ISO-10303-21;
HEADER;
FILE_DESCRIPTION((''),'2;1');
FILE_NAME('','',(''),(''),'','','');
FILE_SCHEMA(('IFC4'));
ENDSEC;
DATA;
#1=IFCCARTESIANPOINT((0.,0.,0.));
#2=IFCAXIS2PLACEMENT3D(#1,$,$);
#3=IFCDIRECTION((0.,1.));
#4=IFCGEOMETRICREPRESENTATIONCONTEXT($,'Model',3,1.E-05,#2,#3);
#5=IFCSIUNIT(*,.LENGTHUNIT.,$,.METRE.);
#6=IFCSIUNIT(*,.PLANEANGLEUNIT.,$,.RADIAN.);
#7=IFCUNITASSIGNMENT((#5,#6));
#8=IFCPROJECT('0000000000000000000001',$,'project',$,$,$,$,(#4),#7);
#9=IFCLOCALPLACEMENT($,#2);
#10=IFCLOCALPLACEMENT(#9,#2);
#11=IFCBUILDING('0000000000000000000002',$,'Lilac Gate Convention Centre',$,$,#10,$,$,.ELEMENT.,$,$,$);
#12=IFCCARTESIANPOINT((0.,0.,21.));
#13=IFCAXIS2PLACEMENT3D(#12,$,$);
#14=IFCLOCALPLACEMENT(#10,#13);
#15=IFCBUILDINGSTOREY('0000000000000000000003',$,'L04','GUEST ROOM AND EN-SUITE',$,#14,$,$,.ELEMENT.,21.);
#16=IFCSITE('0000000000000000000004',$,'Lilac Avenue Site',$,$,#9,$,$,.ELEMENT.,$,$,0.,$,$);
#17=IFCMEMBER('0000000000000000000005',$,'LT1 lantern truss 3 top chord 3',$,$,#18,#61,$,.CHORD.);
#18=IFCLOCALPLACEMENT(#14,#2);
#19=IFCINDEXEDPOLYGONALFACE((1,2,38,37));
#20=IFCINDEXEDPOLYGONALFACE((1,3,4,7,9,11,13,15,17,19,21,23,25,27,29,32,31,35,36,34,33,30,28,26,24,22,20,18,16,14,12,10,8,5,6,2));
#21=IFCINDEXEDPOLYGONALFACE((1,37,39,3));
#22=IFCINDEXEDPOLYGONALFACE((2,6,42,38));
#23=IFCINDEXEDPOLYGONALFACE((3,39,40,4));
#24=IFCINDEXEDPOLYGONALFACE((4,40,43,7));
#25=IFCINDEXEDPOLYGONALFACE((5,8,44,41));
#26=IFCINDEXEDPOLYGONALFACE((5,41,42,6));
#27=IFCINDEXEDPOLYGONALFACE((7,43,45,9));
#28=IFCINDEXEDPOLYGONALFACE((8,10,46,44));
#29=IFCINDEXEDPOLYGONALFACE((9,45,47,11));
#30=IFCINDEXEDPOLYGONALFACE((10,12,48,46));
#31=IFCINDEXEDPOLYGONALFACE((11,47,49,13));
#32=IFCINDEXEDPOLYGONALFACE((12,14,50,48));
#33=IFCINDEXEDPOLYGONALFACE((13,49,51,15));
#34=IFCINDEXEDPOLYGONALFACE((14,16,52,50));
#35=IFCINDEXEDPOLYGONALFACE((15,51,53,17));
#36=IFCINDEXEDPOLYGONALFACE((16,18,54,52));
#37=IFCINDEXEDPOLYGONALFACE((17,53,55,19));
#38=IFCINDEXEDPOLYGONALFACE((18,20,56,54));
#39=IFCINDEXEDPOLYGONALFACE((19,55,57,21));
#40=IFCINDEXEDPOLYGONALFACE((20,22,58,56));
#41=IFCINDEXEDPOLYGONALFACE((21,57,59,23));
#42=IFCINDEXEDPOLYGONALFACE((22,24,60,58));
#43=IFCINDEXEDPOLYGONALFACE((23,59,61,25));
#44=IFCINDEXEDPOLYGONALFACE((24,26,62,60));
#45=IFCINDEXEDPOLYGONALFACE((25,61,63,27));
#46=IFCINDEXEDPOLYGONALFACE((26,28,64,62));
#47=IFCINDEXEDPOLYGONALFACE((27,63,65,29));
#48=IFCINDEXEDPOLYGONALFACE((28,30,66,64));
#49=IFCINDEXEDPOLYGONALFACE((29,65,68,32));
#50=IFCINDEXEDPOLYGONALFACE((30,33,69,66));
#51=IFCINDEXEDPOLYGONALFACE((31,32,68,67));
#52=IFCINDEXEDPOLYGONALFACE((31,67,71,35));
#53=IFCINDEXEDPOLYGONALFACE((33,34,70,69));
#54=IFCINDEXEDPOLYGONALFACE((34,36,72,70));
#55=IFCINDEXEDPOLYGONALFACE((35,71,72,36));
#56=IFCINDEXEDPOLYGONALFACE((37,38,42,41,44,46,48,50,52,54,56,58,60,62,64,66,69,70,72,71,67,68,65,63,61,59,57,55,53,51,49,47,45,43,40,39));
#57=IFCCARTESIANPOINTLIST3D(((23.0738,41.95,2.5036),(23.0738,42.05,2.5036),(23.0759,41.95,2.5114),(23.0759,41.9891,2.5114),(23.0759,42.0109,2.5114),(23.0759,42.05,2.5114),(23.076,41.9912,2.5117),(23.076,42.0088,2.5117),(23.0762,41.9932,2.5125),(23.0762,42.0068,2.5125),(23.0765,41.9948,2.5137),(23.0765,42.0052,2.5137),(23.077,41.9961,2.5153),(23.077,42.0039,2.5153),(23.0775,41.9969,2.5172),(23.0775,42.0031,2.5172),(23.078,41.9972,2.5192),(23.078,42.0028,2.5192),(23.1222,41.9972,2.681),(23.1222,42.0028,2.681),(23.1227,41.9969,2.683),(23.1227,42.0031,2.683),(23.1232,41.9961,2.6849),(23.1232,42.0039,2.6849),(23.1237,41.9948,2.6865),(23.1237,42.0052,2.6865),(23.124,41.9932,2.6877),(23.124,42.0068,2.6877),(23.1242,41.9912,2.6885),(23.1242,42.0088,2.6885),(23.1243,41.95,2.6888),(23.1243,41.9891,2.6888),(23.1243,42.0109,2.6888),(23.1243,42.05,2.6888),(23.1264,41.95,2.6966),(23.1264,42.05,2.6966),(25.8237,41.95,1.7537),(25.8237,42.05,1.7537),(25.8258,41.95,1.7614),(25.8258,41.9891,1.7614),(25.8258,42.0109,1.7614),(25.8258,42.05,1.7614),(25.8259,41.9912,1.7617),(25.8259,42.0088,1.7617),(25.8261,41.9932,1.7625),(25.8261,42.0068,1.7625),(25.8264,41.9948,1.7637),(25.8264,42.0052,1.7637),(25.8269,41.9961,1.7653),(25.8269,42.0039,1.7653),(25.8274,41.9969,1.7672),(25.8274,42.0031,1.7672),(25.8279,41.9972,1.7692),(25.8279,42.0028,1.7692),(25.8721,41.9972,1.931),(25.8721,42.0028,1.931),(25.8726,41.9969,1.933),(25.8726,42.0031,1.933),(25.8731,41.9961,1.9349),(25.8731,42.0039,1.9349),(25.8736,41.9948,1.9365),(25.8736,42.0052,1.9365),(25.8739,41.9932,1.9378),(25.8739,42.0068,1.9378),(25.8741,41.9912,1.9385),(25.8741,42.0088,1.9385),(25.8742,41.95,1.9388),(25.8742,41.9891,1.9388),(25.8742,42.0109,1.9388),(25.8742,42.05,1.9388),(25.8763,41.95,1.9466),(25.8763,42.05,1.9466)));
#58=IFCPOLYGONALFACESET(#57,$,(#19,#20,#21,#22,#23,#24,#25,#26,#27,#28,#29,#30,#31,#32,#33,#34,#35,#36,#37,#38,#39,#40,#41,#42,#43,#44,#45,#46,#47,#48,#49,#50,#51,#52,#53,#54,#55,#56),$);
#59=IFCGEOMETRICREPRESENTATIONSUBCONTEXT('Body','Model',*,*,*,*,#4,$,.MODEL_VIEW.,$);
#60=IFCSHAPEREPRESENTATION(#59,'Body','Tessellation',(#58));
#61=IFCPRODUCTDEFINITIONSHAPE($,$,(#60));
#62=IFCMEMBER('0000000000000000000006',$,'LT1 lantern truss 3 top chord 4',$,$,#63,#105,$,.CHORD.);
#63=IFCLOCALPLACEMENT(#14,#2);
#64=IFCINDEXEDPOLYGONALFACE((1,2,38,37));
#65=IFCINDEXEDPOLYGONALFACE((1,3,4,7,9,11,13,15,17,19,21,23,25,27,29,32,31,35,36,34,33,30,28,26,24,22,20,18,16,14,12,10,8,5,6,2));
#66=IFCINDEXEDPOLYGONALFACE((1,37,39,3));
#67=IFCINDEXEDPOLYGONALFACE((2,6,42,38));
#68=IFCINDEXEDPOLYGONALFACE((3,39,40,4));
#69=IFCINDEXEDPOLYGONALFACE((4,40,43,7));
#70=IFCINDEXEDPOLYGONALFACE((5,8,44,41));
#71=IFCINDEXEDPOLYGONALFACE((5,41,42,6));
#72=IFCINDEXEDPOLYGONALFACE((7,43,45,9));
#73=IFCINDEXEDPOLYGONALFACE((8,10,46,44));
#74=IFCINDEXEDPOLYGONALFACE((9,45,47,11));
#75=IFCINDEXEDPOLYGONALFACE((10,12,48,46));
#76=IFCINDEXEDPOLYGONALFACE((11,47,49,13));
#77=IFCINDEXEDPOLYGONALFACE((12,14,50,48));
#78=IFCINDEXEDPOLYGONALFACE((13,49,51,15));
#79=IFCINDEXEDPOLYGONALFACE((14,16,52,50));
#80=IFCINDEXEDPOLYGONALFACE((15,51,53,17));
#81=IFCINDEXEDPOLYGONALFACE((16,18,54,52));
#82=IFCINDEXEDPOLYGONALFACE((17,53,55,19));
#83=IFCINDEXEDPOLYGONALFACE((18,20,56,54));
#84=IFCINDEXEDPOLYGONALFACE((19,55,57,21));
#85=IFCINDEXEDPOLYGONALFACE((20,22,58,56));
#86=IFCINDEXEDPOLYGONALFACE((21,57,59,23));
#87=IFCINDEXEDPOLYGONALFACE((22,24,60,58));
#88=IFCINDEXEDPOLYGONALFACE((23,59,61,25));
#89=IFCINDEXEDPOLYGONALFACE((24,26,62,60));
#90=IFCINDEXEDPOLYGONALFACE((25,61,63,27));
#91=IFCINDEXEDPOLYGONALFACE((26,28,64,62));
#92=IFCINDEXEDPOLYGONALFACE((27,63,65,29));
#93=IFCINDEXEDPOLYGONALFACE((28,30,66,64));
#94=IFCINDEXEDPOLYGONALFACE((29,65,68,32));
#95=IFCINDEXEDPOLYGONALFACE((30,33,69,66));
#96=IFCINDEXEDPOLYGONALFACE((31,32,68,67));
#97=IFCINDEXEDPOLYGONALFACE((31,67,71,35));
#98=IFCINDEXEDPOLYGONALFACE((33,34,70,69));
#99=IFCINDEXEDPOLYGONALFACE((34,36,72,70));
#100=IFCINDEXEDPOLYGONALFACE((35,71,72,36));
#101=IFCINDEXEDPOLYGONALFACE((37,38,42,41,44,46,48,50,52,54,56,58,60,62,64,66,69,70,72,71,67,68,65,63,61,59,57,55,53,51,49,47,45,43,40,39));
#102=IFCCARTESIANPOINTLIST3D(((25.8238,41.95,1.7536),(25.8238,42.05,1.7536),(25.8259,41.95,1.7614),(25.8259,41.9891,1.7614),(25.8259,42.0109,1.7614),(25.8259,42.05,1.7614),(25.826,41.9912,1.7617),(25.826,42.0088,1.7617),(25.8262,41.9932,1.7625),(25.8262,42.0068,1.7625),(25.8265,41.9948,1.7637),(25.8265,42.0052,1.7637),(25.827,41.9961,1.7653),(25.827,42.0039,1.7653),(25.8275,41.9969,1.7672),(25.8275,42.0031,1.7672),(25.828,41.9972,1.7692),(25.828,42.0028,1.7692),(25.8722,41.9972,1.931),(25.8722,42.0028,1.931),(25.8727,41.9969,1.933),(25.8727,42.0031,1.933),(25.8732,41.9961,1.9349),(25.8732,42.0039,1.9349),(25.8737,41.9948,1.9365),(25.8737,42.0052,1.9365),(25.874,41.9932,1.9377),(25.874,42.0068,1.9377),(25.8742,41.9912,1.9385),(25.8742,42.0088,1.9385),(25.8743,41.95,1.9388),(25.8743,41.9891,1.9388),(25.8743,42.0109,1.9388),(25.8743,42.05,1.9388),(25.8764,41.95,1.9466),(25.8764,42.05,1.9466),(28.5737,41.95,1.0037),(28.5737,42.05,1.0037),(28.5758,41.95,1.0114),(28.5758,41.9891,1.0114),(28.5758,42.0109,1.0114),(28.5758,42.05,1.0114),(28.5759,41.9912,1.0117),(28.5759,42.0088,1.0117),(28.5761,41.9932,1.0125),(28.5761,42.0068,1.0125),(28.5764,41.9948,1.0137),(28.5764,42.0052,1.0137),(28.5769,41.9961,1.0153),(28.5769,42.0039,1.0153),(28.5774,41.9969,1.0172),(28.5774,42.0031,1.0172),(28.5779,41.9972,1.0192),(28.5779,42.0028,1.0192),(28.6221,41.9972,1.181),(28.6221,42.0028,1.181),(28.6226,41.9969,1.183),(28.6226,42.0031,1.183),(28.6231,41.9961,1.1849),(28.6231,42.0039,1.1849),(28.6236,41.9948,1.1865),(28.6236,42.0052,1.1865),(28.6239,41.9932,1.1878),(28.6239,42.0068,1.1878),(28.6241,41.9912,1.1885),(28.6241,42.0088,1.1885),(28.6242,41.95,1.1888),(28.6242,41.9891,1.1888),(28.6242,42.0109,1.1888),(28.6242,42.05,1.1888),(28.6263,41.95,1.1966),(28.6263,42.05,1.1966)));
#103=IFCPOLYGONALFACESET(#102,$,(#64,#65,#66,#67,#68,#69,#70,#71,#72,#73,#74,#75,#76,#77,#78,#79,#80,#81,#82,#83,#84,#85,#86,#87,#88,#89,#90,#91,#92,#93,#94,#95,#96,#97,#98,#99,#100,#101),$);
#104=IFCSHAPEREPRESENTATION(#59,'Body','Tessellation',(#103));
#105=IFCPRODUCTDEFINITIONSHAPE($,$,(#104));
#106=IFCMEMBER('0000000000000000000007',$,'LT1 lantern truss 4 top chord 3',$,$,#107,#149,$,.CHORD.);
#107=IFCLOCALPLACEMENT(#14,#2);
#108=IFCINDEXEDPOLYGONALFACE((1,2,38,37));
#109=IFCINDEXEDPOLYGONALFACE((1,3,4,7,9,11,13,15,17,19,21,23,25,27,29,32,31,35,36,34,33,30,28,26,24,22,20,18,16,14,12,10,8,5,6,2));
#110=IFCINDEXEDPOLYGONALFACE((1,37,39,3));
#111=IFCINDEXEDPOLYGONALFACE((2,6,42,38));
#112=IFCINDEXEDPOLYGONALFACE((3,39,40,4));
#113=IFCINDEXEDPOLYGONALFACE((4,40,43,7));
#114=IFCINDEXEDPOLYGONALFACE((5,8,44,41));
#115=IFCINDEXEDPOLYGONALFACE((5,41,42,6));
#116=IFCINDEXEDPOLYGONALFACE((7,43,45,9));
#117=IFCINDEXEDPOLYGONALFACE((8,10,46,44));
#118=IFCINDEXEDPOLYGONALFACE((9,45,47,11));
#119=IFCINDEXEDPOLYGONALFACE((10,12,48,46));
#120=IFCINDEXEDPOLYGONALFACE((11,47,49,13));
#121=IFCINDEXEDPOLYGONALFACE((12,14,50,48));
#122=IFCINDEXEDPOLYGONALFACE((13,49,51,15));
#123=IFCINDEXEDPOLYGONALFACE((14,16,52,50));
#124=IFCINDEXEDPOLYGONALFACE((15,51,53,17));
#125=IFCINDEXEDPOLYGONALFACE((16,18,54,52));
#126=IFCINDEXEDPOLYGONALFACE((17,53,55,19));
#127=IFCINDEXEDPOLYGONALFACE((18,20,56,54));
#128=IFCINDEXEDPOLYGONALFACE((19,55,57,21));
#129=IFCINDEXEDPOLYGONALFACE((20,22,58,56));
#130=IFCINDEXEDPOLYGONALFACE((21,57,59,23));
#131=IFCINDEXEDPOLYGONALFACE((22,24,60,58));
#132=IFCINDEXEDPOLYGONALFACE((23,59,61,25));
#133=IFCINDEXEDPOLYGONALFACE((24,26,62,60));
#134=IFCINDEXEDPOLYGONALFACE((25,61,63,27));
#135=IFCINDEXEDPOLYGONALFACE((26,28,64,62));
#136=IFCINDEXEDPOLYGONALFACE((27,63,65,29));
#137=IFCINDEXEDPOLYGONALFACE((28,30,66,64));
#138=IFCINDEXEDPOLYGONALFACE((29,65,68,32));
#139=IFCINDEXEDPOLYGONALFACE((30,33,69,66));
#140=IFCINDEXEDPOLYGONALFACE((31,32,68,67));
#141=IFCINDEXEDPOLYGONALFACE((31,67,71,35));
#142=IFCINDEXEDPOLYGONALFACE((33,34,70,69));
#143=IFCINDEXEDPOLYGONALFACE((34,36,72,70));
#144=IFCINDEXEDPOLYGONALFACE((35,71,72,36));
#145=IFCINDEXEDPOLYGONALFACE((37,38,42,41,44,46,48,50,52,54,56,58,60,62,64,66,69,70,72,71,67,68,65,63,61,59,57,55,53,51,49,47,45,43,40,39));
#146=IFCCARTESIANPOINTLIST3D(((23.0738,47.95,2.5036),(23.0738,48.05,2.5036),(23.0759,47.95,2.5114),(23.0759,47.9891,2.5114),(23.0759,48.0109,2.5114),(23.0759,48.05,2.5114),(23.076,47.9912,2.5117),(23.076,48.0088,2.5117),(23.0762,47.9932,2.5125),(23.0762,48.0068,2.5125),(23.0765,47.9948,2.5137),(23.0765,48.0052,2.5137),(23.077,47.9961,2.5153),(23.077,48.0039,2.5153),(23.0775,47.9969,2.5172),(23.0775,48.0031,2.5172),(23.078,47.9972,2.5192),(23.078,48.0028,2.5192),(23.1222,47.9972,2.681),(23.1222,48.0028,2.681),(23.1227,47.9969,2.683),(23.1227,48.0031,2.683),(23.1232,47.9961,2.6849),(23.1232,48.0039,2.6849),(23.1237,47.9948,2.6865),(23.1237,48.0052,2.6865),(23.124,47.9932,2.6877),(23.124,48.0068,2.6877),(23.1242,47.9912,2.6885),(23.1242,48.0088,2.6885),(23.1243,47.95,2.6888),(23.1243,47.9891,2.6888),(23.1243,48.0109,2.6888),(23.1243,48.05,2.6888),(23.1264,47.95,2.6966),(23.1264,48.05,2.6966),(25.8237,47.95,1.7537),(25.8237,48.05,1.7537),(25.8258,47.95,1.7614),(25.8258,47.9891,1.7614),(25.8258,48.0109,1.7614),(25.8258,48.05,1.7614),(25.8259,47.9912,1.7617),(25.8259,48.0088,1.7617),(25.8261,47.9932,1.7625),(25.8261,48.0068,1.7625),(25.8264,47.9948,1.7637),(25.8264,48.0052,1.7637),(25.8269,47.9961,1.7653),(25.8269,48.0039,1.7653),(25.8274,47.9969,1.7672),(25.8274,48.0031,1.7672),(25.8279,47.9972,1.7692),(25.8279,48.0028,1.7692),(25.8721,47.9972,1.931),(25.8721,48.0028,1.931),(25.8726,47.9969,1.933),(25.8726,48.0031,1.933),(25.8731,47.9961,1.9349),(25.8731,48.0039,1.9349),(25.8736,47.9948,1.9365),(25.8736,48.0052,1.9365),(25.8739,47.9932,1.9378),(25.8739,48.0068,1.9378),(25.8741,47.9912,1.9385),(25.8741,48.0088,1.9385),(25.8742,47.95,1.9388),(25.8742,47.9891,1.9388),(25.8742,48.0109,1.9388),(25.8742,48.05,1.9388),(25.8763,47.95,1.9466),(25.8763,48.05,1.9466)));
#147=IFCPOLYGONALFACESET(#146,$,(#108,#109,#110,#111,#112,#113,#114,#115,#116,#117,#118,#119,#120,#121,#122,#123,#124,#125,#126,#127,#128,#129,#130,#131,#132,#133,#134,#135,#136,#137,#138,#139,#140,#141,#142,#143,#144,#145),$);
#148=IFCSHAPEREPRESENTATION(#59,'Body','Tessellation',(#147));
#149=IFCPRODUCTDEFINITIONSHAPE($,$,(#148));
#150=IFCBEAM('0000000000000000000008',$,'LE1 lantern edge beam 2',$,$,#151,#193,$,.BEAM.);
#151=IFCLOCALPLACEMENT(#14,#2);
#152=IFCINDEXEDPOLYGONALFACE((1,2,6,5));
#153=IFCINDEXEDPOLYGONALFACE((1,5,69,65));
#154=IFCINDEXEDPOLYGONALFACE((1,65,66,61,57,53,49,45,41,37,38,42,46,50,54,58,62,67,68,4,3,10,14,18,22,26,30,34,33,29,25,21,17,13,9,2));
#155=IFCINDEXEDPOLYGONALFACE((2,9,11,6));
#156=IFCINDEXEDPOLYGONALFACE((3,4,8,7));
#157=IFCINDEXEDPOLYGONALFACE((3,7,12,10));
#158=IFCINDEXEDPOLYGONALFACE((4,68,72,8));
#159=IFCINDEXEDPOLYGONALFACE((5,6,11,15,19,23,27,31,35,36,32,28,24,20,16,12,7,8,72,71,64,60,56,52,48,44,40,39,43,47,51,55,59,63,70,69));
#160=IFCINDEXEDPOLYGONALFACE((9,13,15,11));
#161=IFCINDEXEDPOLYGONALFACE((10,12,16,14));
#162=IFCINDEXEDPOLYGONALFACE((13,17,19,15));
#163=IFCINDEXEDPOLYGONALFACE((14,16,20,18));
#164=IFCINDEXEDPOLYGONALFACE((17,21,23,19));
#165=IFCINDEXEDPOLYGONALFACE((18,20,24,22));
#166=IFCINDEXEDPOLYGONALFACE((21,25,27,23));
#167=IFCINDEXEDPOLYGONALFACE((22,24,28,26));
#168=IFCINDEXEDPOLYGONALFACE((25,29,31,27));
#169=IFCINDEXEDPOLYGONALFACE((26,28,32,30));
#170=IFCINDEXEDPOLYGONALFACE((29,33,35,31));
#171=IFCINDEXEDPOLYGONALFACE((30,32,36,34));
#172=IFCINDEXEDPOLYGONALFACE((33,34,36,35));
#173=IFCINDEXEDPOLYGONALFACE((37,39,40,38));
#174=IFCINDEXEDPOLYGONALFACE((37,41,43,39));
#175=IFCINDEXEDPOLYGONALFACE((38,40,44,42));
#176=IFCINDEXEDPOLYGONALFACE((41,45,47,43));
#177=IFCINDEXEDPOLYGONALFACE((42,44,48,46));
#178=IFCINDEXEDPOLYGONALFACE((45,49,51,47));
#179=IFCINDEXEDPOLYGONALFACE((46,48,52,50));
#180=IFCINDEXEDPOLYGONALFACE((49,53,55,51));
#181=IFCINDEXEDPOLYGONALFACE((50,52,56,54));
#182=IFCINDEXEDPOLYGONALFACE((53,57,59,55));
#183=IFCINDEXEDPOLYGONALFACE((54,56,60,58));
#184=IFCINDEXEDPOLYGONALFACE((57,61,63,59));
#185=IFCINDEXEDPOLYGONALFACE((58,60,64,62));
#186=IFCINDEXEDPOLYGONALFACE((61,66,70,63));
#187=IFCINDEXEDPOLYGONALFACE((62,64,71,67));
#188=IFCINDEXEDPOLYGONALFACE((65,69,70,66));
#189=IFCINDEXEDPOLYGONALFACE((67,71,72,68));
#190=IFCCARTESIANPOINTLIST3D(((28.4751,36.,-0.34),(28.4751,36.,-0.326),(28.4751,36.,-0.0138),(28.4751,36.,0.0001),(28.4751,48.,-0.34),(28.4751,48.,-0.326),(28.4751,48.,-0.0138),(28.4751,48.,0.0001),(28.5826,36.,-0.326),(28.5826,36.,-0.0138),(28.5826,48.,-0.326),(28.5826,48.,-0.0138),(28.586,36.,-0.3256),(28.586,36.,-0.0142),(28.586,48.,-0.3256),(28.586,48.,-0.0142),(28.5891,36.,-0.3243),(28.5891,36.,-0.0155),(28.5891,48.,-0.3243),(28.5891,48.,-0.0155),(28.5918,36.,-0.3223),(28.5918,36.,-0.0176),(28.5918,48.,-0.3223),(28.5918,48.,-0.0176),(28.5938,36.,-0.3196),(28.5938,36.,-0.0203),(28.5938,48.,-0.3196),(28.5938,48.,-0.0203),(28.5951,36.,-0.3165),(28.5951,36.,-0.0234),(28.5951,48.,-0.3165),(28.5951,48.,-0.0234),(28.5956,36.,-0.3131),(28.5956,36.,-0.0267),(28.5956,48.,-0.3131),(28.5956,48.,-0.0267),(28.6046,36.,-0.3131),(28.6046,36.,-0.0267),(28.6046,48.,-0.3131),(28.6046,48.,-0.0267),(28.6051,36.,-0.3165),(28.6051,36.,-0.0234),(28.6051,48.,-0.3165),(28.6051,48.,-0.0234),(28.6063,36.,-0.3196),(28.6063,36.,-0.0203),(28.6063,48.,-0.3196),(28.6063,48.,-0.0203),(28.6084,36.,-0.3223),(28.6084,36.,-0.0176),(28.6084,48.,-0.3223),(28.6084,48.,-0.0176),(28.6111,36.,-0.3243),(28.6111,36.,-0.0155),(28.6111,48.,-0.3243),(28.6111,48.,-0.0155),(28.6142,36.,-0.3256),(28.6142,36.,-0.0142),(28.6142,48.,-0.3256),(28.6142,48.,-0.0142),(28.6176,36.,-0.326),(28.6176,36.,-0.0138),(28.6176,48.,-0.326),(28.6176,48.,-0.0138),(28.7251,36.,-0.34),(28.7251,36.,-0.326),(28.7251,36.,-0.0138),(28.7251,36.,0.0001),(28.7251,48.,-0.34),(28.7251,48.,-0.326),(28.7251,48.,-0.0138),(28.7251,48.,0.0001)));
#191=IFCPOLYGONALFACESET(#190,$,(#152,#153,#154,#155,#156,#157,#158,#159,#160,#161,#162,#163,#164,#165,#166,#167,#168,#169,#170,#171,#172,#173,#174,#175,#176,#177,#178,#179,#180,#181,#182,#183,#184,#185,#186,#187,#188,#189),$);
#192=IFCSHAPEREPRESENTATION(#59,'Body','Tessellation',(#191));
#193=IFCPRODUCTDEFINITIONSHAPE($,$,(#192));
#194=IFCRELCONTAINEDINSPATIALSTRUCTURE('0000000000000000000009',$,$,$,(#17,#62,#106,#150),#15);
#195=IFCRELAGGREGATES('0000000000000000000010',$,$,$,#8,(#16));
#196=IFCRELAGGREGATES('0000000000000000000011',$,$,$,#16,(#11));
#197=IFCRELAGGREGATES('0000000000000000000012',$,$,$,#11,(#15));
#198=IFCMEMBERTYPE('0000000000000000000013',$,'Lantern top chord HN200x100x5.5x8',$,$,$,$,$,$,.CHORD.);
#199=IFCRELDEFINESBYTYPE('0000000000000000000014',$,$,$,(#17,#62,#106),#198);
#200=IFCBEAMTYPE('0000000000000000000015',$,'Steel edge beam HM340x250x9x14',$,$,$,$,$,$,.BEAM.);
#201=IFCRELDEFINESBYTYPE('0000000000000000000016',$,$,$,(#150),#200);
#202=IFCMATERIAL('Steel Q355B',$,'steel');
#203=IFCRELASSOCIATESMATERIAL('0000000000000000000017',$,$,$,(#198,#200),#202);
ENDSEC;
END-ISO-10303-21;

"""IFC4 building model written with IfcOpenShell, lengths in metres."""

from ifc_helpers import new_model, si_unit, direction, frame, origin, origin_2d, place, context, subcontext, project, spatial, i_section, extrude, material, material_profile, profile_set, type_object, element, save


model = new_model("IFC4")

# Units and contexts
model_context = context("Model", 3, precision=1e-05, world=origin(), true_north=direction((0.0, 1.0)))
body_context = subcontext(model_context, "Body", "Model", "MODEL_VIEW")
ifc_project = project(units=[si_unit("LENGTHUNIT", "METRE"), si_unit("PLANEANGLEUNIT", "RADIAN")], contexts=[model_context])

# Site, building, storey
site_placement = place(None, origin())
site = spatial("IfcSite", under=ifc_project, at=site_placement, Name="Lilac Avenue Site", CompositionType="ELEMENT", RefElevation=0.0)
building_placement = place(site_placement, origin())
building = spatial("IfcBuilding", under=site, at=building_placement, Name="Lilac Gate Convention Centre", CompositionType="ELEMENT")
storey_placement = place(building_placement, frame((0.0, 0.0, 21.0)))
storey = spatial("IfcBuildingStorey", under=building, at=storey_placement, Name="L04", Description="GUEST ROOM AND EN-SUITE", CompositionType="ELEMENT", Elevation=21.0)

# Members
ifc_material_1 = material(Name="Steel Q355B", Category="steel")
ifc_material_profile_1 = material_profile(ifc_material_1, i_section(OverallWidth=0.1001, OverallDepth=0.2, WebThickness=0.0056, FlangeThickness=0.0081, FilletRadius=0.0081, at=origin_2d()), Name="HN200x100x5.5x8")
ifc_profile_set_1 = profile_set([ifc_material_profile_1], Name="Steel Q355B")
member_type_1 = type_object("IfcMemberType", Name="Lantern top chord HN200x100x5.5x8", PredefinedType="CHORD", material=ifc_profile_set_1)
for number, where, z_axis, x_axis, name in (
    (1, (23.1001, 42.0, 2.6001), (0.964764, 0.0, -0.263117), (0.0, 1.0, 0.0), "LT1 lantern truss 3 top chord 3"),
    (2, (25.8501, 42.0, 1.8501), (0.964764, 0.0, -0.263117), (0.0, 1.0, 0.0), "LT1 lantern truss 3 top chord 4"),
    (3, (23.1001, 48.0, 2.6001), (0.964764, 0.0, -0.263117), (0.0, 1.0, 0.0), "LT1 lantern truss 4 top chord 3"),
):
    element("IfcMember", number, at=place(storey_placement, frame(where, z_axis=z_axis, x_axis=x_axis)), inside=storey, type_object=member_type_1, Name=name, PredefinedType="CHORD", context=body_context, shape_type="SweptSolid", body=[
        extrude(i_section(OverallWidth=0.1001, OverallDepth=0.2, WebThickness=0.0056, FlangeThickness=0.0081, FilletRadius=0.0081, at=origin_2d()), origin(), (0.0, 0.0, 1.0), 2.8503),
    ])

# Beam
ifc_material_profile_2 = material_profile(ifc_material_1, i_section(OverallWidth=0.25, OverallDepth=0.3401, WebThickness=0.009, FlangeThickness=0.0139, FilletRadius=0.0129, at=origin_2d()), Name="HM340x250x9x14")
ifc_profile_set_2 = profile_set([ifc_material_profile_2], Name="Steel Q355B")
beam_type = type_object("IfcBeamType", Name="Steel edge beam HM340x250x9x14", PredefinedType="BEAM", material=ifc_profile_set_2)
beam_placement = place(storey_placement, frame((28.6001, 36.0, -0.1699), z_axis=(0.0, 1.0, 0.0), x_axis=(-1.0, 0.0, 0.0)))
element("IfcBeam", 4, at=beam_placement, inside=storey, type_object=beam_type, Name="LE1 lantern edge beam 2", PredefinedType="BEAM", context=body_context, shape_type="SweptSolid", body=[
    extrude(i_section(OverallWidth=0.25, OverallDepth=0.3401, WebThickness=0.009, FlangeThickness=0.0139, FilletRadius=0.0129, at=origin_2d()), origin(), (0.0, 0.0, 1.0), 12.0),
])

save(model, "model.ifc")
